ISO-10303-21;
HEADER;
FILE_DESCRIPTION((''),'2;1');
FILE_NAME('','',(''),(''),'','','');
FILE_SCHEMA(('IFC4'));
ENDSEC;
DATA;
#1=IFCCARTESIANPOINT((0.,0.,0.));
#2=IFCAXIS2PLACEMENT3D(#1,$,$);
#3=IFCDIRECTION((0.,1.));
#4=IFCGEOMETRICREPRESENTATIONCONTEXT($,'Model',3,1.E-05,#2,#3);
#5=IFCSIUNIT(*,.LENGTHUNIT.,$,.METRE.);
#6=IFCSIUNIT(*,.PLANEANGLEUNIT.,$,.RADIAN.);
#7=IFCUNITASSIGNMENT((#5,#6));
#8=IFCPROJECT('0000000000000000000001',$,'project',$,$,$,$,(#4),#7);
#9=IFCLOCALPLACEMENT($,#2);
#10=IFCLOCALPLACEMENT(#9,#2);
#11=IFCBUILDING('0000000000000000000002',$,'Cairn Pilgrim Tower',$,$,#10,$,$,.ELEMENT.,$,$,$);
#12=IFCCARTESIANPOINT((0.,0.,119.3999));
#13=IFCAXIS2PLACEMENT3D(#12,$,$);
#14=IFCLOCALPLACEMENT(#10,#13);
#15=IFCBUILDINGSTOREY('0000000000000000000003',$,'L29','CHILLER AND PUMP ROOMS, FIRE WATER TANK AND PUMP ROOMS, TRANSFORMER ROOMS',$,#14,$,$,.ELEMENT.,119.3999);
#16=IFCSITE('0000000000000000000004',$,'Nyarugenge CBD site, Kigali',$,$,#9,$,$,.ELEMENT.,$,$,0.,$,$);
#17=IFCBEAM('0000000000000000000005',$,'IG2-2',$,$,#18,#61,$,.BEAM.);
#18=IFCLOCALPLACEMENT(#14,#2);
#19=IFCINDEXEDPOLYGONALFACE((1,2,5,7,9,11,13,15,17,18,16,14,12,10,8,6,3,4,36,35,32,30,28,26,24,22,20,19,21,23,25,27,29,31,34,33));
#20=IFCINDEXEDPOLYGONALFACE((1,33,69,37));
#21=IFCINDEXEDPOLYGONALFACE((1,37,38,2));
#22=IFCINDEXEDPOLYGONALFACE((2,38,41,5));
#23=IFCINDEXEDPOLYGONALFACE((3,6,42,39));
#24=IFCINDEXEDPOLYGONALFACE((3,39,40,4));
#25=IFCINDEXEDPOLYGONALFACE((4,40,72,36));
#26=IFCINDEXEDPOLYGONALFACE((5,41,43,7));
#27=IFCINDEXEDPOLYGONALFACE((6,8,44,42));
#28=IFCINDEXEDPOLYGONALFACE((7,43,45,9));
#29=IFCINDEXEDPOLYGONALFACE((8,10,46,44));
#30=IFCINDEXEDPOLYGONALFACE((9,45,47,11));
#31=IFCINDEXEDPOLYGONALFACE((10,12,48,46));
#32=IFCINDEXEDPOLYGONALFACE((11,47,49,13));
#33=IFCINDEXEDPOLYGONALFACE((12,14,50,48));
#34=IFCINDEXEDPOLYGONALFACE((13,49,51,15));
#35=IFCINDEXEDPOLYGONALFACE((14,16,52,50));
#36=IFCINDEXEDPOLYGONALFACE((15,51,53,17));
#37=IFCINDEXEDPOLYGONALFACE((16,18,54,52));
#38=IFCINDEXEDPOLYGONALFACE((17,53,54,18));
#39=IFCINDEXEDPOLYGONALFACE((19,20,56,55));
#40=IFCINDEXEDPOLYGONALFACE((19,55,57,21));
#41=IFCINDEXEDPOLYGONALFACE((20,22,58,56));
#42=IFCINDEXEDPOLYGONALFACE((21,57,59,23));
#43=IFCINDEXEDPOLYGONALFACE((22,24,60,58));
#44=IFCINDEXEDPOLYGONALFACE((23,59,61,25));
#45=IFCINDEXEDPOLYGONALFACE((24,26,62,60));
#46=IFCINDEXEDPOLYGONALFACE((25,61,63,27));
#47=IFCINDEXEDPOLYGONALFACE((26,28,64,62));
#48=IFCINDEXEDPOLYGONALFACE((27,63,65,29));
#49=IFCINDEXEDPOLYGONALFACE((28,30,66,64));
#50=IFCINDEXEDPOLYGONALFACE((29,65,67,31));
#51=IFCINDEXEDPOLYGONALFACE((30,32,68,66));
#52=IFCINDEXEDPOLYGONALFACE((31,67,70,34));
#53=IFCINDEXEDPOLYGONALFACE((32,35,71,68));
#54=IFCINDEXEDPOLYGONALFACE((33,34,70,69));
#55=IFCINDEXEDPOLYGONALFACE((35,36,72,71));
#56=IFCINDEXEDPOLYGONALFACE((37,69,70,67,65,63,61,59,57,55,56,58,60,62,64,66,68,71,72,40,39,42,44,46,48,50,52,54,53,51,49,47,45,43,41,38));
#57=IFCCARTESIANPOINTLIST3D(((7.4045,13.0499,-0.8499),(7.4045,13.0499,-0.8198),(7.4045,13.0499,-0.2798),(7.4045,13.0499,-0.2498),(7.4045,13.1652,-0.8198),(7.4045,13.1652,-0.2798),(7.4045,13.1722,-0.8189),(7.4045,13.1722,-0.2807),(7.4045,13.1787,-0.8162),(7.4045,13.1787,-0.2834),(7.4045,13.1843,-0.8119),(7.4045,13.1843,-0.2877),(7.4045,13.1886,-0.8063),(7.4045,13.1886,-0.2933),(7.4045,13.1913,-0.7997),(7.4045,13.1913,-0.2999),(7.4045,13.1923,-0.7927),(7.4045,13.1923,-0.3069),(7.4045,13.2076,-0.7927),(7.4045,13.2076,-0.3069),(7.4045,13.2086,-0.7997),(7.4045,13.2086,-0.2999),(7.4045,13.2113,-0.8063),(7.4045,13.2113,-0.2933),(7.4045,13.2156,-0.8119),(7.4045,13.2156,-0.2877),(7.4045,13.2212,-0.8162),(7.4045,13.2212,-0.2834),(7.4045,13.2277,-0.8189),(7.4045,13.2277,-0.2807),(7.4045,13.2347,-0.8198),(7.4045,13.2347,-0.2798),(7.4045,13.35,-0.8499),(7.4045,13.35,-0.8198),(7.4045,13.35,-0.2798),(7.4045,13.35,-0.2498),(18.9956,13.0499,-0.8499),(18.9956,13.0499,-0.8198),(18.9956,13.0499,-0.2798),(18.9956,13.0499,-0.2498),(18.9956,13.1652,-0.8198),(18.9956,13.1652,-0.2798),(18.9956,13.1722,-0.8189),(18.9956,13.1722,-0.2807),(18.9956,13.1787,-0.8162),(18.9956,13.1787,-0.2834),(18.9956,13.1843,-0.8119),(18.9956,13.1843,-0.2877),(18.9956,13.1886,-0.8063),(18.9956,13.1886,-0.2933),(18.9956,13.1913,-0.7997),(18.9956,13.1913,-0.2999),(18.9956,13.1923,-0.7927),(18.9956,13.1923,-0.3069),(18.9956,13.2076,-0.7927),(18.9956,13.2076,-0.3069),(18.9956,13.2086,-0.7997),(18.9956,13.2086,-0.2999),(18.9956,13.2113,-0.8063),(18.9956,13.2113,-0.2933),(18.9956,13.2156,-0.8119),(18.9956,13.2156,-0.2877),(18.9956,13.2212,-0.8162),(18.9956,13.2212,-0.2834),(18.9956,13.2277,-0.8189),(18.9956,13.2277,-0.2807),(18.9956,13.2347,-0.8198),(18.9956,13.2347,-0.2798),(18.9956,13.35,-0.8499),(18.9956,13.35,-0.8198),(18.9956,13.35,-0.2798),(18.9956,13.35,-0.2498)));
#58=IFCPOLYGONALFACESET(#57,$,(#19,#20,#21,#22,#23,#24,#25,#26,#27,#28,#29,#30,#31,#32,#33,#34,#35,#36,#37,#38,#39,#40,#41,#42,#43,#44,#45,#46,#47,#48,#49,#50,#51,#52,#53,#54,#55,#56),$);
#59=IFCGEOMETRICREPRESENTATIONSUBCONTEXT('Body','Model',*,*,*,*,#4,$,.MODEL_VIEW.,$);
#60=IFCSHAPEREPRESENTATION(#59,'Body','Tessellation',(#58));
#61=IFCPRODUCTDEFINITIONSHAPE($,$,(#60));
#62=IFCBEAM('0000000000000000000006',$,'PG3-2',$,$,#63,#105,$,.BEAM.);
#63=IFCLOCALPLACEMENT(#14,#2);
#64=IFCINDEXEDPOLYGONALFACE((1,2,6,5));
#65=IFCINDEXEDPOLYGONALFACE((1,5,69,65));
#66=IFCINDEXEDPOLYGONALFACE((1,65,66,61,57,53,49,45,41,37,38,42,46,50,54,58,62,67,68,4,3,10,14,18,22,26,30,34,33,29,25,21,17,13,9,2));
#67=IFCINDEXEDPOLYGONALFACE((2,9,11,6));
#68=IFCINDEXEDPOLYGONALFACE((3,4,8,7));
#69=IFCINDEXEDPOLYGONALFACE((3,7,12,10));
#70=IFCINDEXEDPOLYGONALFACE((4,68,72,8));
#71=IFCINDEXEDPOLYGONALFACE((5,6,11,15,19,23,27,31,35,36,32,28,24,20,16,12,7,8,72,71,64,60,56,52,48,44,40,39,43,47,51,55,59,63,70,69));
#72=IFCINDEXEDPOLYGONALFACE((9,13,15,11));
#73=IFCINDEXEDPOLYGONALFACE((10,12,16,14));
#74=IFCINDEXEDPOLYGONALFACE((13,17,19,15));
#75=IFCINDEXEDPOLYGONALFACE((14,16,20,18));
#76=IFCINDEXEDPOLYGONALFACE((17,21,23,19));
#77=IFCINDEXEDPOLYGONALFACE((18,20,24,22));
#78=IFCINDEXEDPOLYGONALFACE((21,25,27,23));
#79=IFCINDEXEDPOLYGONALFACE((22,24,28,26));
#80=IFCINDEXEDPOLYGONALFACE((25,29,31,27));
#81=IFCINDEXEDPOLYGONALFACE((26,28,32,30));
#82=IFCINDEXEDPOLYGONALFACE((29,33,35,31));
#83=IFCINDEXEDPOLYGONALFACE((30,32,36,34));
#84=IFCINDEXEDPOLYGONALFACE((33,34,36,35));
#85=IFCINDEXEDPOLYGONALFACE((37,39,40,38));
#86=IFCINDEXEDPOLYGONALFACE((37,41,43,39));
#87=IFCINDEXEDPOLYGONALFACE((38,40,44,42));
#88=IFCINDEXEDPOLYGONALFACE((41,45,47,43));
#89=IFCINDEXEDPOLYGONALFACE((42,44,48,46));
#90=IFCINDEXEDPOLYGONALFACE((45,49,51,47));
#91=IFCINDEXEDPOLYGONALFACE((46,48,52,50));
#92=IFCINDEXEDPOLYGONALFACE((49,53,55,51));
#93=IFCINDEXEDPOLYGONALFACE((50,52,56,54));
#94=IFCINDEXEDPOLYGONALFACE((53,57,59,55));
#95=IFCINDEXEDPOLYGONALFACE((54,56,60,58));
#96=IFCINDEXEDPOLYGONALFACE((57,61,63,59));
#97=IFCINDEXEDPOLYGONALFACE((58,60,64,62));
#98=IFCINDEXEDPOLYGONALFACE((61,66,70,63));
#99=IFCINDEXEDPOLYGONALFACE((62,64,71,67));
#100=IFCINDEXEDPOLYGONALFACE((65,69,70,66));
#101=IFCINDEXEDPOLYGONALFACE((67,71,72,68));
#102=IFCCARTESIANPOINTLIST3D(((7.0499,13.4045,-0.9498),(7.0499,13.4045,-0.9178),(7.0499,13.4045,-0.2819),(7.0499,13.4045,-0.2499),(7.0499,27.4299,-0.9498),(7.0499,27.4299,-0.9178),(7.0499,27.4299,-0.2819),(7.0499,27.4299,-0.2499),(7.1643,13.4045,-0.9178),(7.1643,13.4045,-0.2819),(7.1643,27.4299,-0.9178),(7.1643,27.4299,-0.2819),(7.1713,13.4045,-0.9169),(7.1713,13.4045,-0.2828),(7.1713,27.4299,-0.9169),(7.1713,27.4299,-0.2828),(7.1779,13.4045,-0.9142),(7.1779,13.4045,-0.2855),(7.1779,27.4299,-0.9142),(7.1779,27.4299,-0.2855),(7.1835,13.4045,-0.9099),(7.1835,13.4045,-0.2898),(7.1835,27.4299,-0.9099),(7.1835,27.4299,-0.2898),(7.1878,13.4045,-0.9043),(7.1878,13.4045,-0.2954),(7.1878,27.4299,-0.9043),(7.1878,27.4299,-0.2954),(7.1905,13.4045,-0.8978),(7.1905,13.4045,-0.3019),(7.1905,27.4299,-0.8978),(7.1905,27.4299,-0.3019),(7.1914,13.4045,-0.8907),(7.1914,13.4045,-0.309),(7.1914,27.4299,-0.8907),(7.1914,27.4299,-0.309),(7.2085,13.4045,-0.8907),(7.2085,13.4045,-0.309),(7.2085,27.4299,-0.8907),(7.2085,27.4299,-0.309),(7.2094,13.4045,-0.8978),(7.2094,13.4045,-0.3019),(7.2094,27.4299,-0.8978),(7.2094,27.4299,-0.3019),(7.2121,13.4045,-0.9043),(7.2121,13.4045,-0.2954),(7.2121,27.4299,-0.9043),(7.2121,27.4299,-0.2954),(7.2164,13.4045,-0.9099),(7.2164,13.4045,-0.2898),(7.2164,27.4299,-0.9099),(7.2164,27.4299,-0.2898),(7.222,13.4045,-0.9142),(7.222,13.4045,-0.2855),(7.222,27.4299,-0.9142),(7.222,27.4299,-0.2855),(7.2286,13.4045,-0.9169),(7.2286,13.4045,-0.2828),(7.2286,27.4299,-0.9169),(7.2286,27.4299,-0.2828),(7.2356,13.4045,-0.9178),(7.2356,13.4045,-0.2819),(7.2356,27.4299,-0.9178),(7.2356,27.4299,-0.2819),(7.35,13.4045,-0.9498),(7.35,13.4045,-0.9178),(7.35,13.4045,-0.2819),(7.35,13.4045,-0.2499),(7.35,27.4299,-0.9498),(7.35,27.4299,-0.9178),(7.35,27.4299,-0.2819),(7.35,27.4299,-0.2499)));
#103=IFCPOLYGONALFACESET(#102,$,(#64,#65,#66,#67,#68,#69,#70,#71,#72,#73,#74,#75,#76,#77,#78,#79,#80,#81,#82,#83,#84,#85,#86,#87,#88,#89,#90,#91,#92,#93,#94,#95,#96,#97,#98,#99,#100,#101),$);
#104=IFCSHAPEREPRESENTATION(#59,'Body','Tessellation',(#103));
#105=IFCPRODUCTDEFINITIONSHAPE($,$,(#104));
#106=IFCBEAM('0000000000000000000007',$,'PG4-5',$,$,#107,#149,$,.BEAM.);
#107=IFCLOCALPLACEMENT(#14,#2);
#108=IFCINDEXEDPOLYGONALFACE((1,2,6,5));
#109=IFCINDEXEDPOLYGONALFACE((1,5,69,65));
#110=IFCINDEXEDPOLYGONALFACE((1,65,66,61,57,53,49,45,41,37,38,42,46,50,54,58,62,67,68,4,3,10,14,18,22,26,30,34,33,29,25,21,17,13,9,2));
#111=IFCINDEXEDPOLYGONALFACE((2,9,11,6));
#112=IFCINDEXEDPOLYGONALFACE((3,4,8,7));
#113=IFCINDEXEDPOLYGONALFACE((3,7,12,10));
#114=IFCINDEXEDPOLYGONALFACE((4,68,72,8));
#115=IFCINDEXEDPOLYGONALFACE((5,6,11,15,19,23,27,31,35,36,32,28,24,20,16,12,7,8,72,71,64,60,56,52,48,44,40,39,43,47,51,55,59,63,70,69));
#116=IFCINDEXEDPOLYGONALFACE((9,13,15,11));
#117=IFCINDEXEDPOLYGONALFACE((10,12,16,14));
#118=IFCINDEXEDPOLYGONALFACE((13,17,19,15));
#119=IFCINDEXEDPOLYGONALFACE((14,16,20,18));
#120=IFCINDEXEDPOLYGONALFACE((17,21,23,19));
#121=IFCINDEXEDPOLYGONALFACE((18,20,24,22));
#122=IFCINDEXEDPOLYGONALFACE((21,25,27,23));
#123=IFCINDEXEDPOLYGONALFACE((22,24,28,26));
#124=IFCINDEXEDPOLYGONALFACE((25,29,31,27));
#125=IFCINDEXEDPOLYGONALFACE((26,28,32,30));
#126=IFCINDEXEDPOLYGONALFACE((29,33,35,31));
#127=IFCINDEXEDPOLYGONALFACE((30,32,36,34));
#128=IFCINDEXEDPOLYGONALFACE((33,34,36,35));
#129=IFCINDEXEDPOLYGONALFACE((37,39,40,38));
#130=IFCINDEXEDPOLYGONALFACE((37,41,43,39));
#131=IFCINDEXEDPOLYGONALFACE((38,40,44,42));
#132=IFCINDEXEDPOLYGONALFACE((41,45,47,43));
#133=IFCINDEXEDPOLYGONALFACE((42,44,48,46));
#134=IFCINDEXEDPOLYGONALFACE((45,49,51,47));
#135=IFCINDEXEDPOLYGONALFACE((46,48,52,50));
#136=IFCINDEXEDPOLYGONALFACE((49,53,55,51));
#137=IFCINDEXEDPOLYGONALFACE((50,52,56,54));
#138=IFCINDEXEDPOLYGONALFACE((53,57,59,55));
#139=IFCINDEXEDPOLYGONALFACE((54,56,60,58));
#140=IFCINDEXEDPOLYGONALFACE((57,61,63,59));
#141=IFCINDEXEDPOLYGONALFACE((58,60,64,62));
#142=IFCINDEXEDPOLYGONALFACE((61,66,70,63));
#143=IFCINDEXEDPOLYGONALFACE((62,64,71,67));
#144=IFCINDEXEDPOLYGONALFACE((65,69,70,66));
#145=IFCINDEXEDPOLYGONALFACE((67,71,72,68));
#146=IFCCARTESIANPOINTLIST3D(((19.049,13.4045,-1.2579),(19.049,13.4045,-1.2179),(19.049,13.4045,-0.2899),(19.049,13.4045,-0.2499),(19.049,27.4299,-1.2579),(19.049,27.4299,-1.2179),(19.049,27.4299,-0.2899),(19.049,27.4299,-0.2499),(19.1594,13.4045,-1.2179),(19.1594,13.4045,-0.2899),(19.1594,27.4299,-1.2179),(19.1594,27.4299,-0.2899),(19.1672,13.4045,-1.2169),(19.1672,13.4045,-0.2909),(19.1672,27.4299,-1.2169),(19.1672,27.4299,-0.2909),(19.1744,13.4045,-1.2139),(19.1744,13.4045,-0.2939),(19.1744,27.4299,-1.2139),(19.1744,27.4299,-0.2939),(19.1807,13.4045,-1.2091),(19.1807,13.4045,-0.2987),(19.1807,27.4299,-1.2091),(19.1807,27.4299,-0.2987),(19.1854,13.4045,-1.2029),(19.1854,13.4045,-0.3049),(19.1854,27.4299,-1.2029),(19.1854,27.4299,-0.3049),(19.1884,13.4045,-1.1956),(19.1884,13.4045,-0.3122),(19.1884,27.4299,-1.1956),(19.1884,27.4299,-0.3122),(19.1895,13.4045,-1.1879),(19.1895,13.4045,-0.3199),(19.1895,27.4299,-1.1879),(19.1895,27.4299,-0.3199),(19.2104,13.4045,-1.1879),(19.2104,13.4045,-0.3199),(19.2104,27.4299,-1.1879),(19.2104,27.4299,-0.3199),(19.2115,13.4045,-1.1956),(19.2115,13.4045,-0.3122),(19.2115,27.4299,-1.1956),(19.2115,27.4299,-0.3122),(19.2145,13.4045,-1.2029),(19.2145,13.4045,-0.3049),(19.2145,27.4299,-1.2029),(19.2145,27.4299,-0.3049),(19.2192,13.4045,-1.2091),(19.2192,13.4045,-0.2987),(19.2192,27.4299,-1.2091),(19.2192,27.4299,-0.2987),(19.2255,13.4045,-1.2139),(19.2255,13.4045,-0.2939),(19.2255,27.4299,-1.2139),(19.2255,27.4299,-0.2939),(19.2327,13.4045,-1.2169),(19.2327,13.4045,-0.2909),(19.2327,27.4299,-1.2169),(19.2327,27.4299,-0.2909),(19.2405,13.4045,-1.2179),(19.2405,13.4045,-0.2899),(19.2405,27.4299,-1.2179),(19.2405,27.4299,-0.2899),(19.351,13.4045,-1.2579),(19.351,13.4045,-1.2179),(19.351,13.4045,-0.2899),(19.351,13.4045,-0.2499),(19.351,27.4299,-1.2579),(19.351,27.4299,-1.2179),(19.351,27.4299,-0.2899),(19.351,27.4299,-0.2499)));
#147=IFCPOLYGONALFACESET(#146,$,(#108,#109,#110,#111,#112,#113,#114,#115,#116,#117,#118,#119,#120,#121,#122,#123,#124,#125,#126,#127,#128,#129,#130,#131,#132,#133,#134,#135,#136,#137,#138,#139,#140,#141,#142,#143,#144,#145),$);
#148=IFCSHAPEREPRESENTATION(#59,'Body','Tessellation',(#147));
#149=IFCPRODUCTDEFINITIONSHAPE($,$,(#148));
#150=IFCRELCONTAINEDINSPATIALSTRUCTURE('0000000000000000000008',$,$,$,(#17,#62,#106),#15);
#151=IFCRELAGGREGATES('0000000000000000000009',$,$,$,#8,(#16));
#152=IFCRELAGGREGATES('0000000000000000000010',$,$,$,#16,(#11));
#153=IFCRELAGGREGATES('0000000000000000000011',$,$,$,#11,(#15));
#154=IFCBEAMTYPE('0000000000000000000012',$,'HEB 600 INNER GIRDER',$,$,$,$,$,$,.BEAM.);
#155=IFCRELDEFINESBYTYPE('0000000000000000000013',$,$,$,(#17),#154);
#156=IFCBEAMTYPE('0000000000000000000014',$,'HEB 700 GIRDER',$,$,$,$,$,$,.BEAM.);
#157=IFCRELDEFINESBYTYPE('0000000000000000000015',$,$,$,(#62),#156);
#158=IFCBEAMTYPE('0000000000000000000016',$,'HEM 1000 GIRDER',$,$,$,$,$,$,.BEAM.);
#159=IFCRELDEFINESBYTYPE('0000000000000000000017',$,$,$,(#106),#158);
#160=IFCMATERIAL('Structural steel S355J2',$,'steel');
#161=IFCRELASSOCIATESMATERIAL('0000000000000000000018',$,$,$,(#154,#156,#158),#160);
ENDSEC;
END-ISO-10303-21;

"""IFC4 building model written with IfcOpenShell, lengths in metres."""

from ifc_helpers import new_model, si_unit, direction, frame, origin, origin_2d, place, context, subcontext, project, spatial, i_section, extrude, material, material_profile, profile_set, type_object, element, save


model = new_model("IFC4")

# Units and contexts
model_context = context("Model", 3, precision=1e-05, world=origin(), true_north=direction((0.0, 1.0)))
body_context = subcontext(model_context, "Body", "Model", "MODEL_VIEW")
ifc_project = project(units=[si_unit("LENGTHUNIT", "METRE"), si_unit("PLANEANGLEUNIT", "RADIAN")], contexts=[model_context])

# Site, building, storey
site_placement = place(None, origin())
site = spatial("IfcSite", under=ifc_project, at=site_placement, Name="Nyarugenge CBD site, Kigali", CompositionType="ELEMENT", RefElevation=0.0)
building_placement = place(site_placement, origin())
building = spatial("IfcBuilding", under=site, at=building_placement, Name="Cairn Pilgrim Tower", CompositionType="ELEMENT")
storey_placement = place(building_placement, frame((0.0, 0.0, 119.3999)))
storey = spatial("IfcBuildingStorey", under=building, at=storey_placement, Name="L29", Description="CHILLER AND PUMP ROOMS, FIRE WATER TANK AND PUMP ROOMS, TRANSFORMER ROOMS", CompositionType="ELEMENT", Elevation=119.3999)

# Beams
ifc_material_1 = material(Name="Structural steel S355J2", Category="steel")
ifc_material_profile_1 = material_profile(ifc_material_1, i_section(OverallWidth=0.3, OverallDepth=0.6001, WebThickness=0.0154, FlangeThickness=0.03, FilletRadius=0.0271, at=origin_2d()), Name="HEB 600")
ifc_profile_set_1 = profile_set([ifc_material_profile_1], Name="Structural steel S355J2")
beam_type_1 = type_object("IfcBeamType", Name="HEB 600 INNER GIRDER", PredefinedType="BEAM", material=ifc_profile_set_1)
beam_1_placement = place(storey_placement, frame((7.4045, 13.2, -0.5498), z_axis=(1.0, 0.0, 0.0), x_axis=(0.0, 1.0, 0.0)))
element("IfcBeam", 1, at=beam_1_placement, inside=storey, type_object=beam_type_1, Name="IG2-2", PredefinedType="BEAM", context=body_context, shape_type="SweptSolid", body=[
    extrude(i_section(OverallWidth=0.3, OverallDepth=0.6001, WebThickness=0.0154, FlangeThickness=0.03, FilletRadius=0.0271, at=origin_2d()), origin(), (0.0, 0.0, 1.0), 11.5911),
])
ifc_material_profile_2 = material_profile(ifc_material_1, i_section(OverallWidth=0.3, OverallDepth=0.7, WebThickness=0.0171, FlangeThickness=0.032, FilletRadius=0.0271, at=origin_2d()), Name="HEB 700")
ifc_profile_set_2 = profile_set([ifc_material_profile_2], Name="Structural steel S355J2")
beam_type_2 = type_object("IfcBeamType", Name="HEB 700 GIRDER", PredefinedType="BEAM", material=ifc_profile_set_2)
beam_2_placement = place(storey_placement, frame((7.2, 13.4045, -0.5999), z_axis=(0.0, 1.0, 0.0), x_axis=(-1.0, 0.0, 0.0)))
element("IfcBeam", 2, at=beam_2_placement, inside=storey, type_object=beam_type_2, Name="PG3-2", PredefinedType="BEAM", context=body_context, shape_type="SweptSolid", body=[
    extrude(i_section(OverallWidth=0.3, OverallDepth=0.7, WebThickness=0.0171, FlangeThickness=0.032, FilletRadius=0.0271, at=origin_2d()), origin(), (0.0, 0.0, 1.0), 14.0254),
])
ifc_material_profile_3 = material_profile(ifc_material_1, i_section(OverallWidth=0.302, OverallDepth=1.0081, WebThickness=0.021, FlangeThickness=0.04, FilletRadius=0.03, at=origin_2d()), Name="HEM 1000")
ifc_profile_set_3 = profile_set([ifc_material_profile_3], Name="Structural steel S355J2")
beam_type_3 = type_object("IfcBeamType", Name="HEM 1000 GIRDER", PredefinedType="BEAM", material=ifc_profile_set_3)
beam_3_placement = place(storey_placement, frame((19.2, 13.4045, -0.7539), z_axis=(0.0, 1.0, 0.0), x_axis=(-1.0, 0.0, 0.0)))
element("IfcBeam", 3, at=beam_3_placement, inside=storey, type_object=beam_type_3, Name="PG4-5", PredefinedType="BEAM", context=body_context, shape_type="SweptSolid", body=[
    extrude(i_section(OverallWidth=0.302, OverallDepth=1.0081, WebThickness=0.021, FlangeThickness=0.04, FilletRadius=0.03, at=origin_2d()), origin(), (0.0, 0.0, 1.0), 14.0254),
])

save(model, "model.ifc")
